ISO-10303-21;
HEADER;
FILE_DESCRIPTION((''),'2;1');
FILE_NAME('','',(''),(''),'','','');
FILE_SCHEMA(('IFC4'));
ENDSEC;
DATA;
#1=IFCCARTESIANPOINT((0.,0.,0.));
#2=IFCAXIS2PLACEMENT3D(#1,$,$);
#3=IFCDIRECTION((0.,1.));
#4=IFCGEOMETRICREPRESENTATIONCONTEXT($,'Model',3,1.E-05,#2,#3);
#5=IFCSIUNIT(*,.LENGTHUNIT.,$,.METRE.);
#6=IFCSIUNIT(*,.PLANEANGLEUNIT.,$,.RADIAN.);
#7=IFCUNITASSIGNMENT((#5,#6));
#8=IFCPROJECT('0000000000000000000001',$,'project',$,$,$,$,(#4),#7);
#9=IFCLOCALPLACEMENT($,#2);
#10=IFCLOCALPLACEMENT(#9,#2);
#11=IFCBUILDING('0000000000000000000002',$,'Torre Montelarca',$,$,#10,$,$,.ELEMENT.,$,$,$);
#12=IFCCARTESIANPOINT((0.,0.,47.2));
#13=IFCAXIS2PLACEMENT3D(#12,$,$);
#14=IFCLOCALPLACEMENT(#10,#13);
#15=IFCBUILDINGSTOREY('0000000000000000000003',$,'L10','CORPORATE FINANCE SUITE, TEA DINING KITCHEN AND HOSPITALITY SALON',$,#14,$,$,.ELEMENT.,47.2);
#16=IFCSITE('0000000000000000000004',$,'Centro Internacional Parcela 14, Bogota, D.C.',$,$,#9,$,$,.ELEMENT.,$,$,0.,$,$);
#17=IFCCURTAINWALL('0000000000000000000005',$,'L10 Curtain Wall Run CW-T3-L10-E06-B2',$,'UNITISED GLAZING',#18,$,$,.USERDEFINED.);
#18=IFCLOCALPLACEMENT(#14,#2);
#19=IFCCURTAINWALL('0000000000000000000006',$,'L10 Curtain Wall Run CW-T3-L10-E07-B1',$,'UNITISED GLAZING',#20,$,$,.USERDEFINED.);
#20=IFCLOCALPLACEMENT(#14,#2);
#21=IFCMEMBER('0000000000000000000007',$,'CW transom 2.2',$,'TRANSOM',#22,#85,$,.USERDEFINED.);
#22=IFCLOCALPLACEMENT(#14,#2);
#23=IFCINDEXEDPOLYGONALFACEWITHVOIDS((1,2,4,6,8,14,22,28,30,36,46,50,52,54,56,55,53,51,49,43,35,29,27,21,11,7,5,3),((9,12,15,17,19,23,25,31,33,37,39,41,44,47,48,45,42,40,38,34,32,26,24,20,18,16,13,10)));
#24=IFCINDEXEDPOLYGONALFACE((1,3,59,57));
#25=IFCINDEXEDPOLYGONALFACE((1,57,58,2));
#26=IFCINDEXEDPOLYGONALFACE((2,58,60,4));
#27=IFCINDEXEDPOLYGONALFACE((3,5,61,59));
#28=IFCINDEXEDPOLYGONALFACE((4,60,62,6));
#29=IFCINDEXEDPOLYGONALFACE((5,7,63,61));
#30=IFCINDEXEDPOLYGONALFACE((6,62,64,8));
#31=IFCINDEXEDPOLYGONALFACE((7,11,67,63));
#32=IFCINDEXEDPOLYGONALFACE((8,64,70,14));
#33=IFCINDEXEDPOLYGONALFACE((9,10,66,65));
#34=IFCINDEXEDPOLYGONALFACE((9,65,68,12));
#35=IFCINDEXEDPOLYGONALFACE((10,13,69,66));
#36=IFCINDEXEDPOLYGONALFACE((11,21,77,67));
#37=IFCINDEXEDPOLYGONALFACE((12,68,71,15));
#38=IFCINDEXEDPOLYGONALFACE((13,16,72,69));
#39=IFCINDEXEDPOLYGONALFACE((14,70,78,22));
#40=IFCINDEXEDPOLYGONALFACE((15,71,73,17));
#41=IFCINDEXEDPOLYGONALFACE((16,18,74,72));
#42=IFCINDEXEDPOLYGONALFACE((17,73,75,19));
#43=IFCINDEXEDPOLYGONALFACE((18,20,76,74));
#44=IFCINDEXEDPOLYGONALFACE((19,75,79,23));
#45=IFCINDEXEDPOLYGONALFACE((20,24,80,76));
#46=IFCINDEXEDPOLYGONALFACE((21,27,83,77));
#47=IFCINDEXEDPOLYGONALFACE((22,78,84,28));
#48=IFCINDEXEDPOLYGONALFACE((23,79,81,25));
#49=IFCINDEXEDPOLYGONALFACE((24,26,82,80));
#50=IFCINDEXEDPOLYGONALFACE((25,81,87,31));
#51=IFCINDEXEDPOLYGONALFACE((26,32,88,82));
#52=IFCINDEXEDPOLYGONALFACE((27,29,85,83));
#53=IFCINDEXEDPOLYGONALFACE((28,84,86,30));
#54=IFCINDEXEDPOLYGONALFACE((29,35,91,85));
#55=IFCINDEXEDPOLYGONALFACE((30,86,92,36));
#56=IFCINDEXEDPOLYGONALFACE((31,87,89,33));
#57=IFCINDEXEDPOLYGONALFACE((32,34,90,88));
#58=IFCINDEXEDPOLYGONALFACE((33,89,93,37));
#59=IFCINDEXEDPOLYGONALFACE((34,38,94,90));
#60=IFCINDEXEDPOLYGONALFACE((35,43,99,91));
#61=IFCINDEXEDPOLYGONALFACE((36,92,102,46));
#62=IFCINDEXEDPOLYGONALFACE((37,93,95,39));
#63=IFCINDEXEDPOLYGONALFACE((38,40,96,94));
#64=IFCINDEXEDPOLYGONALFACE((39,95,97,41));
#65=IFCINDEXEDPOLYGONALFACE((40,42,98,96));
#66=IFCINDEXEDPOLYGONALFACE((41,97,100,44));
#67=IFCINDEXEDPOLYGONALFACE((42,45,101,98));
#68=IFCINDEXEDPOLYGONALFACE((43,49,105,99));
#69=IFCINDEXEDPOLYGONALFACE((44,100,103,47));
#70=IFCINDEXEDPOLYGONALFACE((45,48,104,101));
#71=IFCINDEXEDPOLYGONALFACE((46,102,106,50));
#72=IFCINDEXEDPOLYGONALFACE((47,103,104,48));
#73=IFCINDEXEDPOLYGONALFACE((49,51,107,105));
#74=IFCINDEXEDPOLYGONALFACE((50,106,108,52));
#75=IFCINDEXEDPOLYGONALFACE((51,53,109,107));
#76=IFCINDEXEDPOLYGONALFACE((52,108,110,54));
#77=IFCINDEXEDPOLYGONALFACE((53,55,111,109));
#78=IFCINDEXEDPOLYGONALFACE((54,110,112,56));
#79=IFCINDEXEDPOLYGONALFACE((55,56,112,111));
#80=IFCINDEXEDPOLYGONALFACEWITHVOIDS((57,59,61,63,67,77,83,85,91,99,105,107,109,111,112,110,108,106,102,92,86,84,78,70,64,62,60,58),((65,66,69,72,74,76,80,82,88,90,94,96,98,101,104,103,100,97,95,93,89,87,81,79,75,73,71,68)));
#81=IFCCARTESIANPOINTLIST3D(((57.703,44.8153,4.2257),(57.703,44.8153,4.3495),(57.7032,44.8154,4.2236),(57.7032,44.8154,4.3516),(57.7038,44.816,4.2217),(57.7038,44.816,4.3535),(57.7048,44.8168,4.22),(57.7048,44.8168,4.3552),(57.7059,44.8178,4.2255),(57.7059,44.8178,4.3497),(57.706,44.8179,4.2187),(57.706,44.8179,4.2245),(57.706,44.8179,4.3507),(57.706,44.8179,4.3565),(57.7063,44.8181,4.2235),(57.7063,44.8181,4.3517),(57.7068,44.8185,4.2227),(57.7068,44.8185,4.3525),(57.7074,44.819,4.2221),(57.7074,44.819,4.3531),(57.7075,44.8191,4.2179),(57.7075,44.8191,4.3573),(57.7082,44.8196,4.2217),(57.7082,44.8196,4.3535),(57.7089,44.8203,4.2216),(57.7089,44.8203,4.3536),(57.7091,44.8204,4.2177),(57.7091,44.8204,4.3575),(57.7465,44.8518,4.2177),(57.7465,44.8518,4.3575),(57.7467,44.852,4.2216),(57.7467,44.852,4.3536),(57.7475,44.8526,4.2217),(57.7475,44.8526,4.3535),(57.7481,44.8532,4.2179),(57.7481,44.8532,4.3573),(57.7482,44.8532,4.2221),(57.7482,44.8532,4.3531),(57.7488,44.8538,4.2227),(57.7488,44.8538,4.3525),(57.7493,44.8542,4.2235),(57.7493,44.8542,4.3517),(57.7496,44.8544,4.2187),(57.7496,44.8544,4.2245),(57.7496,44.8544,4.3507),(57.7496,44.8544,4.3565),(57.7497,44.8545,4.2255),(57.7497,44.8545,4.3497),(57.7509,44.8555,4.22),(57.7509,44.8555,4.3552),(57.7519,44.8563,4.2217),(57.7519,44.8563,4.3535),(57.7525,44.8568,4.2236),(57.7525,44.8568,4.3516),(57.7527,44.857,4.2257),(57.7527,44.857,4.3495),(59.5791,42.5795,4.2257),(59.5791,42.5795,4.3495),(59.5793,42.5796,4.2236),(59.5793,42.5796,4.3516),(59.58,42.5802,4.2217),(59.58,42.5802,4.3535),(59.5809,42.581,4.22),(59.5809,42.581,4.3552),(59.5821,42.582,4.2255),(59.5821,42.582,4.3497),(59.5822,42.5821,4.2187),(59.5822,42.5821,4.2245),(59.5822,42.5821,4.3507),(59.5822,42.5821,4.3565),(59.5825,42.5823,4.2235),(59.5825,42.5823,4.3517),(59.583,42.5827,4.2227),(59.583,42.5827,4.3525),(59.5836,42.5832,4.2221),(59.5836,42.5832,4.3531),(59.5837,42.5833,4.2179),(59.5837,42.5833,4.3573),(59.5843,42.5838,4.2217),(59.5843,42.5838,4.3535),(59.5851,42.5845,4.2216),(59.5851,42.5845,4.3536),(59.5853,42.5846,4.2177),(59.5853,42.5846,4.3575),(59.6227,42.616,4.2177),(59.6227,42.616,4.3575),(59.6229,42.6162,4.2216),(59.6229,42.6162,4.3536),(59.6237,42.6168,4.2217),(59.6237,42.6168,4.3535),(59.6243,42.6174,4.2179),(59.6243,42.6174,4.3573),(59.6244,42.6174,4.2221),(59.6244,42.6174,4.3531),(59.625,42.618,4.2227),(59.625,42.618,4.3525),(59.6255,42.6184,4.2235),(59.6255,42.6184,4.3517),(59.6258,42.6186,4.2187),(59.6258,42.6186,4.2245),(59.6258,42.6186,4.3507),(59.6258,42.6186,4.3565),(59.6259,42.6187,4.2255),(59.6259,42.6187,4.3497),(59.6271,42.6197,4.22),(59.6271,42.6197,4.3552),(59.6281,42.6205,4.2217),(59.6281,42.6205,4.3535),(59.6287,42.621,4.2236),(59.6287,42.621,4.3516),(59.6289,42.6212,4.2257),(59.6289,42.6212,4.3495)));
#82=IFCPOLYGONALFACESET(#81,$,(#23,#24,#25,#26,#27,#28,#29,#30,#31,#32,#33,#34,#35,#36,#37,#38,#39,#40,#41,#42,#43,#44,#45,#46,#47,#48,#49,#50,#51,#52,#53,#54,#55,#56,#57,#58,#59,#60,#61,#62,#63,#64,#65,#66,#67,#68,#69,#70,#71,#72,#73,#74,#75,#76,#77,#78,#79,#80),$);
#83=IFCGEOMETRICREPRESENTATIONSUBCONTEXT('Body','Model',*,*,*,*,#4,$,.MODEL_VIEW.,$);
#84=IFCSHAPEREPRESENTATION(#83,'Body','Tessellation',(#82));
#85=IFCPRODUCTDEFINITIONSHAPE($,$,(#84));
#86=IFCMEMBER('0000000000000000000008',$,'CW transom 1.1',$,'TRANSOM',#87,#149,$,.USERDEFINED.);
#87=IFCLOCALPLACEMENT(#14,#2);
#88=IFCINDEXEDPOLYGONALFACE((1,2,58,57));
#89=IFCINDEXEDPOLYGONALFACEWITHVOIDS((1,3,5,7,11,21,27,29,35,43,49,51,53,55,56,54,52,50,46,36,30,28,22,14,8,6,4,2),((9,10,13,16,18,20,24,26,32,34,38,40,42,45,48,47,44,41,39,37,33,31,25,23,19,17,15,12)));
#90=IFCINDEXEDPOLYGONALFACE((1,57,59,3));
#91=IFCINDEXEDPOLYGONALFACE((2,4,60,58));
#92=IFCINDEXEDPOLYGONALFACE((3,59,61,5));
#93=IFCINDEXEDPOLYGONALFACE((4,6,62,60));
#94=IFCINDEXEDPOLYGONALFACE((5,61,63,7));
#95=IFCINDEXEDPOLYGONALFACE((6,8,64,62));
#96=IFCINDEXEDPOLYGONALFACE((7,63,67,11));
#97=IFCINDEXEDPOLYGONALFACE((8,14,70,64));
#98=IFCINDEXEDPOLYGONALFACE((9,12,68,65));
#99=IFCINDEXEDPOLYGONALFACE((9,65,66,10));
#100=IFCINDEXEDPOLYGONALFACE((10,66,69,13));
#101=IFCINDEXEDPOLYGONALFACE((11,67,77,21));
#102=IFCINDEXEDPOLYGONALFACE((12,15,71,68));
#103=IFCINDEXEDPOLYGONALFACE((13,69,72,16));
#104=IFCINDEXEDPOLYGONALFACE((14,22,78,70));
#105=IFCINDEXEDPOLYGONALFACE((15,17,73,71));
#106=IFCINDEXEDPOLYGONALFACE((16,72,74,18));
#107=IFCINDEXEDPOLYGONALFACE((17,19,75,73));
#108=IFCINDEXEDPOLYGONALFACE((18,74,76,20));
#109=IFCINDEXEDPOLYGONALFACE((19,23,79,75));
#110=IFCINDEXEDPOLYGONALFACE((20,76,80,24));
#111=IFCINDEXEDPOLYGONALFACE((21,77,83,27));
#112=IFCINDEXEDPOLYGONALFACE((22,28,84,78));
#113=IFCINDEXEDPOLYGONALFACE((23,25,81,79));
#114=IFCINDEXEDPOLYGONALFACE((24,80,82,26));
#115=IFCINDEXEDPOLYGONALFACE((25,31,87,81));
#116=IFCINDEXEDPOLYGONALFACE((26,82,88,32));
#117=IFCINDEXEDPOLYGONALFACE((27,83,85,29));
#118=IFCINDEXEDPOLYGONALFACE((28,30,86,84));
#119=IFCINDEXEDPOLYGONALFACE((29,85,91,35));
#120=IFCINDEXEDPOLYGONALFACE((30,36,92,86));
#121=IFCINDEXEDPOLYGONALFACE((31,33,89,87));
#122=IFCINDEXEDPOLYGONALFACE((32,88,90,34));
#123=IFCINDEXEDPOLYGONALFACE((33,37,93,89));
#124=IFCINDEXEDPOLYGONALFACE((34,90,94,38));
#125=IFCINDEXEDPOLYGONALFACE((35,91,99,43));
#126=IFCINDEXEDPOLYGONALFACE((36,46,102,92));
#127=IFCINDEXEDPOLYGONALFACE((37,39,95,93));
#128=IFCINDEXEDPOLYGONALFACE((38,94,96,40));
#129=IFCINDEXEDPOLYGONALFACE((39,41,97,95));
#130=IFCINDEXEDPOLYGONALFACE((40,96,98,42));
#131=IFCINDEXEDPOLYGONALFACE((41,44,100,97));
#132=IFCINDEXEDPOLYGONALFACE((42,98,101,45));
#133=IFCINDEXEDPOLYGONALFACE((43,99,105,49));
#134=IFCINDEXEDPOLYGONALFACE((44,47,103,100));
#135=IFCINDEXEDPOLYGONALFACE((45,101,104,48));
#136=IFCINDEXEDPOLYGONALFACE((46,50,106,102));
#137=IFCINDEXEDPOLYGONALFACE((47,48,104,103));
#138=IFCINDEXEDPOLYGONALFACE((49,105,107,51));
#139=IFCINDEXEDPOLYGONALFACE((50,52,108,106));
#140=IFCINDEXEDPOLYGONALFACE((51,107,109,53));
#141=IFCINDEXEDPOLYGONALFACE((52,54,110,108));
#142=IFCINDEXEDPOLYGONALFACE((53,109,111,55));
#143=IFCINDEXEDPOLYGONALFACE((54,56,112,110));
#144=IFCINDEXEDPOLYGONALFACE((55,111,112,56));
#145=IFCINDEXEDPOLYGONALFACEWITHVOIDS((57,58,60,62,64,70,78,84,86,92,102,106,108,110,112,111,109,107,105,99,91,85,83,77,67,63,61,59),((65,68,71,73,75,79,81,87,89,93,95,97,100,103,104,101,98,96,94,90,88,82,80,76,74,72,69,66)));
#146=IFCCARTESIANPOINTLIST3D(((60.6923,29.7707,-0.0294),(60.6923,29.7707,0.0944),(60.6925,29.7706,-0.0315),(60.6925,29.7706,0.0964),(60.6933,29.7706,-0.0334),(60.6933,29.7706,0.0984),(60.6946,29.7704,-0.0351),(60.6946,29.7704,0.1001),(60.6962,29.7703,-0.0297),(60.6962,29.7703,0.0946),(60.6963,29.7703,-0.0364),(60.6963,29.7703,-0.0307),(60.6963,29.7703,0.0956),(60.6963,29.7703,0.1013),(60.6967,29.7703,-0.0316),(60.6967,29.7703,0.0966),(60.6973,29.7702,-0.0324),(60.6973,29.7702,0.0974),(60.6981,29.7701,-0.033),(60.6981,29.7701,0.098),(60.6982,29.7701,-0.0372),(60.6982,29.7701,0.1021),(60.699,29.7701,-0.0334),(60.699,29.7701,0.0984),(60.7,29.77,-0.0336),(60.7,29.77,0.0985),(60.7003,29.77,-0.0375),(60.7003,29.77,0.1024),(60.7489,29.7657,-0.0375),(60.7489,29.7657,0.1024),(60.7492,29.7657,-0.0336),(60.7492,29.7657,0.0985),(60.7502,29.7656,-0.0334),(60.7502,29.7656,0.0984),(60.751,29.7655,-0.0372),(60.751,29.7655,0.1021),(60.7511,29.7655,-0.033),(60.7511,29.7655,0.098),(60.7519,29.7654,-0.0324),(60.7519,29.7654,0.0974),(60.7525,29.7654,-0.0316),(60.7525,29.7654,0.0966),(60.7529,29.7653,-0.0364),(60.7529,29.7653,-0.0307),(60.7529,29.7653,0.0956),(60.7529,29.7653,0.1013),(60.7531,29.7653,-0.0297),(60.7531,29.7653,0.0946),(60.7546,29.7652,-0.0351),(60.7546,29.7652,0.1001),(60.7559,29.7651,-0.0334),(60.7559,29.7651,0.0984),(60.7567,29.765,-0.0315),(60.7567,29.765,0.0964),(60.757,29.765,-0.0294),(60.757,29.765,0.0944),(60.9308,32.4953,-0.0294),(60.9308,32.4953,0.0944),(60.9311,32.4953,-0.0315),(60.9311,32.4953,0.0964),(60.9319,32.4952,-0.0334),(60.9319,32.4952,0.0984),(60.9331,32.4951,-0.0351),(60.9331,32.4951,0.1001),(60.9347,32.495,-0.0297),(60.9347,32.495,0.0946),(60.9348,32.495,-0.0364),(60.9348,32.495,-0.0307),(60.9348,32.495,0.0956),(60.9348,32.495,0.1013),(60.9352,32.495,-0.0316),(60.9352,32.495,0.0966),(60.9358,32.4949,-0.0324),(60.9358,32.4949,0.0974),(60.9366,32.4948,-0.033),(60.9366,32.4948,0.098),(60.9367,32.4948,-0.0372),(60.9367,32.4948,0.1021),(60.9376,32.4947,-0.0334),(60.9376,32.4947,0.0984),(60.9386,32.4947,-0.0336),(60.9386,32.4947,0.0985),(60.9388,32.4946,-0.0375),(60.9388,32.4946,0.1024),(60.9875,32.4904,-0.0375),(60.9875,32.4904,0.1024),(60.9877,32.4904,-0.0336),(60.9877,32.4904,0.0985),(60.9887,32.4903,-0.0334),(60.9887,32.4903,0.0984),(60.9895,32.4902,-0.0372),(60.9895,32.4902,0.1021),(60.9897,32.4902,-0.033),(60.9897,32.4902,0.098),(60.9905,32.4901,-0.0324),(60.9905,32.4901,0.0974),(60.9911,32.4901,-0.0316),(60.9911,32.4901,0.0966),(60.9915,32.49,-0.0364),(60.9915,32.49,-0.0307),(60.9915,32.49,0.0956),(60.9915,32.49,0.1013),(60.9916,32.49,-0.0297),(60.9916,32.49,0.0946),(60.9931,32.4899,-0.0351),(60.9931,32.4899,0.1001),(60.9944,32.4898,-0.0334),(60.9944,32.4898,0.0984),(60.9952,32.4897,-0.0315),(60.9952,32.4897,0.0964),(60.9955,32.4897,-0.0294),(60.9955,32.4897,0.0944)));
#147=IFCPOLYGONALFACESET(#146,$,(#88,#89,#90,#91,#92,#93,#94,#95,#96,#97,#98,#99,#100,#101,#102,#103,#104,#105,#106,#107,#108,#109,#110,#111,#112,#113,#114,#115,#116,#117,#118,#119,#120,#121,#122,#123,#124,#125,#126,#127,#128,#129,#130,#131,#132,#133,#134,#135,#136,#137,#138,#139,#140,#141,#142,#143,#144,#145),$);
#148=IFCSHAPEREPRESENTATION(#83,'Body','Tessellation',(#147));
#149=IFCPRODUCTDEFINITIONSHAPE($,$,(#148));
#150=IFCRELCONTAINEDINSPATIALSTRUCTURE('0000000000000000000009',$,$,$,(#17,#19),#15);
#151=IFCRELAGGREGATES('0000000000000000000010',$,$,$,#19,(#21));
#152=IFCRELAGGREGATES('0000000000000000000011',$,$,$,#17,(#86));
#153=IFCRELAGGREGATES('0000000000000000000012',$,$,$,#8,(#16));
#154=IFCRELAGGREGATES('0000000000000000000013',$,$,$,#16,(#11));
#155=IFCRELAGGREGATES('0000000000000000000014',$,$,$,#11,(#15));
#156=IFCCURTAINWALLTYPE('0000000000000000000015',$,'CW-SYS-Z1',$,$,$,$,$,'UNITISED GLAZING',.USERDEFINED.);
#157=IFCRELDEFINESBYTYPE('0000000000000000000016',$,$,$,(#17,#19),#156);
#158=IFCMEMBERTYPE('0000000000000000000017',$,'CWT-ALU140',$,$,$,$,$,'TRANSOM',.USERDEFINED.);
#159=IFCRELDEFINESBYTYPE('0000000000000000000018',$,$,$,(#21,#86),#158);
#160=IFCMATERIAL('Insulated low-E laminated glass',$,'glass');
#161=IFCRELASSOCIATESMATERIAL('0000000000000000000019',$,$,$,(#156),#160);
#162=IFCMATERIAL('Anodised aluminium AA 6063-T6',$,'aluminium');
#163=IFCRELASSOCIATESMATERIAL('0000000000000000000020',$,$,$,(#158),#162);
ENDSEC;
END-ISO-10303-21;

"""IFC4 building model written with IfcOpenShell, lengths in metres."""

from ifc_helpers import new_model, si_unit, direction, frame, origin, origin_2d, place, context, subcontext, project, spatial, hollow_rectangle, extrude, source, transform, mapped, material, material_profile, profile_set, type_object, element, aggregate, save


model = new_model("IFC4")

# Units and contexts
model_context = context("Model", 3, precision=1e-05, world=origin(), true_north=direction((0.0, 1.0)))
body_context = subcontext(model_context, "Body", "Model", "MODEL_VIEW")
ifc_project = project(units=[si_unit("LENGTHUNIT", "METRE"), si_unit("PLANEANGLEUNIT", "RADIAN")], contexts=[model_context])

# Site, building, storey
site_placement = place(None, origin())
site = spatial("IfcSite", under=ifc_project, at=site_placement, Name="Centro Internacional Parcela 14, Bogota, D.C.", CompositionType="ELEMENT", RefElevation=0.0)
building_placement = place(site_placement, origin())
building = spatial("IfcBuilding", under=site, at=building_placement, Name="Torre Montelarca", CompositionType="ELEMENT")
storey_placement = place(building_placement, frame((0.0, 0.0, 47.2)))
storey = spatial("IfcBuildingStorey", under=building, at=storey_placement, Name="L10", Description="CORPORATE FINANCE SUITE, TEA DINING KITCHEN AND HOSPITALITY SALON", CompositionType="ELEMENT", Elevation=47.2)

# Curtain walls
ifc_material_1 = material(Name="Insulated low-E laminated glass", Category="glass")
curtain_wall_type = type_object("IfcCurtainWallType", Name="CW-SYS-Z1", ElementType="UNITISED GLAZING", PredefinedType="USERDEFINED", material=ifc_material_1)
curtain_wall_1_placement = place(storey_placement, origin())
curtain_wall_1 = element("IfcCurtainWall", 1, at=curtain_wall_1_placement, inside=storey, type_object=curtain_wall_type, Name="L10 Curtain Wall Run CW-T3-L10-E06-B2", ObjectType="UNITISED GLAZING", PredefinedType="USERDEFINED")
ifc_material_2 = material(Name="Anodised aluminium AA 6063-T6", Category="aluminium")
curtain_wall_2_placement = place(storey_placement, origin())
curtain_wall_2 = element("IfcCurtainWall", 2, at=curtain_wall_2_placement, inside=storey, type_object=curtain_wall_type, Name="L10 Curtain Wall Run CW-T3-L10-E07-B1", ObjectType="UNITISED GLAZING", PredefinedType="USERDEFINED")

# Members
ifc_material_profile_1 = material_profile(ifc_material_2, hollow_rectangle(XDim=0.0649, YDim=0.1399, WallThickness=0.0039, InnerFilletRadius=0.0039, OuterFilletRadius=0.0081, at=origin_2d()), Name="ALU65X140X4", Category="aluminium")
ifc_profile_set_1 = profile_set([ifc_material_profile_1], Name="Anodised aluminium AA 6063-T6")
member_type_1 = type_object("IfcMemberType", Name="CWT-ALU140", ElementType="TRANSOM", PredefinedType="USERDEFINED", material=ifc_profile_set_1)
shared_shape_1 = source(origin(), body_context, "Body", "SweptSolid", [
    extrude(hollow_rectangle(XDim=0.0649, YDim=0.1399, WallThickness=0.0039, InnerFilletRadius=0.0039, OuterFilletRadius=0.0081, at=origin_2d()), origin(), (0.0, 0.0, 1.0), 2.9187),
])
member_1_placement = place(storey_placement, frame((59.604, 42.6003, 4.2876), z_axis=(-0.642813, 0.766023, 0.0), x_axis=(-0.766023, -0.642813, 0.0)))
member_1 = element("IfcMember", 3, at=member_1_placement, type_object=member_type_1, Name="CW transom 2.2", ObjectType="TRANSOM", PredefinedType="USERDEFINED", context=body_context, shape_type="MappedRepresentation", body=[
    mapped(shared_shape_1, transform((0.0, 0.0, 0.0), scale=1.0)),
])
shared_shape_2 = source(origin(), body_context, "Body", "SweptSolid", [
    extrude(hollow_rectangle(XDim=0.0649, YDim=0.1399, WallThickness=0.0039, InnerFilletRadius=0.0039, OuterFilletRadius=0.0081, at=origin_2d()), origin(), (0.0, 0.0, 1.0), 2.7351),
])
member_2_placement = place(storey_placement, frame((60.7246, 29.7678, 0.0325), z_axis=(0.087211, 0.99619, 0.0), x_axis=(-0.99619, 0.087211, 0.0)))
member_2 = element("IfcMember", 4, at=member_2_placement, type_object=member_type_1, Name="CW transom 1.1", ObjectType="TRANSOM", PredefinedType="USERDEFINED", context=body_context, shape_type="MappedRepresentation", body=[
    mapped(shared_shape_2, transform((0.0, 0.0, 0.0), scale=1.0)),
])

aggregate(curtain_wall_2, [member_1])
aggregate(curtain_wall_1, [member_2])

save(model, "model.ifc")
